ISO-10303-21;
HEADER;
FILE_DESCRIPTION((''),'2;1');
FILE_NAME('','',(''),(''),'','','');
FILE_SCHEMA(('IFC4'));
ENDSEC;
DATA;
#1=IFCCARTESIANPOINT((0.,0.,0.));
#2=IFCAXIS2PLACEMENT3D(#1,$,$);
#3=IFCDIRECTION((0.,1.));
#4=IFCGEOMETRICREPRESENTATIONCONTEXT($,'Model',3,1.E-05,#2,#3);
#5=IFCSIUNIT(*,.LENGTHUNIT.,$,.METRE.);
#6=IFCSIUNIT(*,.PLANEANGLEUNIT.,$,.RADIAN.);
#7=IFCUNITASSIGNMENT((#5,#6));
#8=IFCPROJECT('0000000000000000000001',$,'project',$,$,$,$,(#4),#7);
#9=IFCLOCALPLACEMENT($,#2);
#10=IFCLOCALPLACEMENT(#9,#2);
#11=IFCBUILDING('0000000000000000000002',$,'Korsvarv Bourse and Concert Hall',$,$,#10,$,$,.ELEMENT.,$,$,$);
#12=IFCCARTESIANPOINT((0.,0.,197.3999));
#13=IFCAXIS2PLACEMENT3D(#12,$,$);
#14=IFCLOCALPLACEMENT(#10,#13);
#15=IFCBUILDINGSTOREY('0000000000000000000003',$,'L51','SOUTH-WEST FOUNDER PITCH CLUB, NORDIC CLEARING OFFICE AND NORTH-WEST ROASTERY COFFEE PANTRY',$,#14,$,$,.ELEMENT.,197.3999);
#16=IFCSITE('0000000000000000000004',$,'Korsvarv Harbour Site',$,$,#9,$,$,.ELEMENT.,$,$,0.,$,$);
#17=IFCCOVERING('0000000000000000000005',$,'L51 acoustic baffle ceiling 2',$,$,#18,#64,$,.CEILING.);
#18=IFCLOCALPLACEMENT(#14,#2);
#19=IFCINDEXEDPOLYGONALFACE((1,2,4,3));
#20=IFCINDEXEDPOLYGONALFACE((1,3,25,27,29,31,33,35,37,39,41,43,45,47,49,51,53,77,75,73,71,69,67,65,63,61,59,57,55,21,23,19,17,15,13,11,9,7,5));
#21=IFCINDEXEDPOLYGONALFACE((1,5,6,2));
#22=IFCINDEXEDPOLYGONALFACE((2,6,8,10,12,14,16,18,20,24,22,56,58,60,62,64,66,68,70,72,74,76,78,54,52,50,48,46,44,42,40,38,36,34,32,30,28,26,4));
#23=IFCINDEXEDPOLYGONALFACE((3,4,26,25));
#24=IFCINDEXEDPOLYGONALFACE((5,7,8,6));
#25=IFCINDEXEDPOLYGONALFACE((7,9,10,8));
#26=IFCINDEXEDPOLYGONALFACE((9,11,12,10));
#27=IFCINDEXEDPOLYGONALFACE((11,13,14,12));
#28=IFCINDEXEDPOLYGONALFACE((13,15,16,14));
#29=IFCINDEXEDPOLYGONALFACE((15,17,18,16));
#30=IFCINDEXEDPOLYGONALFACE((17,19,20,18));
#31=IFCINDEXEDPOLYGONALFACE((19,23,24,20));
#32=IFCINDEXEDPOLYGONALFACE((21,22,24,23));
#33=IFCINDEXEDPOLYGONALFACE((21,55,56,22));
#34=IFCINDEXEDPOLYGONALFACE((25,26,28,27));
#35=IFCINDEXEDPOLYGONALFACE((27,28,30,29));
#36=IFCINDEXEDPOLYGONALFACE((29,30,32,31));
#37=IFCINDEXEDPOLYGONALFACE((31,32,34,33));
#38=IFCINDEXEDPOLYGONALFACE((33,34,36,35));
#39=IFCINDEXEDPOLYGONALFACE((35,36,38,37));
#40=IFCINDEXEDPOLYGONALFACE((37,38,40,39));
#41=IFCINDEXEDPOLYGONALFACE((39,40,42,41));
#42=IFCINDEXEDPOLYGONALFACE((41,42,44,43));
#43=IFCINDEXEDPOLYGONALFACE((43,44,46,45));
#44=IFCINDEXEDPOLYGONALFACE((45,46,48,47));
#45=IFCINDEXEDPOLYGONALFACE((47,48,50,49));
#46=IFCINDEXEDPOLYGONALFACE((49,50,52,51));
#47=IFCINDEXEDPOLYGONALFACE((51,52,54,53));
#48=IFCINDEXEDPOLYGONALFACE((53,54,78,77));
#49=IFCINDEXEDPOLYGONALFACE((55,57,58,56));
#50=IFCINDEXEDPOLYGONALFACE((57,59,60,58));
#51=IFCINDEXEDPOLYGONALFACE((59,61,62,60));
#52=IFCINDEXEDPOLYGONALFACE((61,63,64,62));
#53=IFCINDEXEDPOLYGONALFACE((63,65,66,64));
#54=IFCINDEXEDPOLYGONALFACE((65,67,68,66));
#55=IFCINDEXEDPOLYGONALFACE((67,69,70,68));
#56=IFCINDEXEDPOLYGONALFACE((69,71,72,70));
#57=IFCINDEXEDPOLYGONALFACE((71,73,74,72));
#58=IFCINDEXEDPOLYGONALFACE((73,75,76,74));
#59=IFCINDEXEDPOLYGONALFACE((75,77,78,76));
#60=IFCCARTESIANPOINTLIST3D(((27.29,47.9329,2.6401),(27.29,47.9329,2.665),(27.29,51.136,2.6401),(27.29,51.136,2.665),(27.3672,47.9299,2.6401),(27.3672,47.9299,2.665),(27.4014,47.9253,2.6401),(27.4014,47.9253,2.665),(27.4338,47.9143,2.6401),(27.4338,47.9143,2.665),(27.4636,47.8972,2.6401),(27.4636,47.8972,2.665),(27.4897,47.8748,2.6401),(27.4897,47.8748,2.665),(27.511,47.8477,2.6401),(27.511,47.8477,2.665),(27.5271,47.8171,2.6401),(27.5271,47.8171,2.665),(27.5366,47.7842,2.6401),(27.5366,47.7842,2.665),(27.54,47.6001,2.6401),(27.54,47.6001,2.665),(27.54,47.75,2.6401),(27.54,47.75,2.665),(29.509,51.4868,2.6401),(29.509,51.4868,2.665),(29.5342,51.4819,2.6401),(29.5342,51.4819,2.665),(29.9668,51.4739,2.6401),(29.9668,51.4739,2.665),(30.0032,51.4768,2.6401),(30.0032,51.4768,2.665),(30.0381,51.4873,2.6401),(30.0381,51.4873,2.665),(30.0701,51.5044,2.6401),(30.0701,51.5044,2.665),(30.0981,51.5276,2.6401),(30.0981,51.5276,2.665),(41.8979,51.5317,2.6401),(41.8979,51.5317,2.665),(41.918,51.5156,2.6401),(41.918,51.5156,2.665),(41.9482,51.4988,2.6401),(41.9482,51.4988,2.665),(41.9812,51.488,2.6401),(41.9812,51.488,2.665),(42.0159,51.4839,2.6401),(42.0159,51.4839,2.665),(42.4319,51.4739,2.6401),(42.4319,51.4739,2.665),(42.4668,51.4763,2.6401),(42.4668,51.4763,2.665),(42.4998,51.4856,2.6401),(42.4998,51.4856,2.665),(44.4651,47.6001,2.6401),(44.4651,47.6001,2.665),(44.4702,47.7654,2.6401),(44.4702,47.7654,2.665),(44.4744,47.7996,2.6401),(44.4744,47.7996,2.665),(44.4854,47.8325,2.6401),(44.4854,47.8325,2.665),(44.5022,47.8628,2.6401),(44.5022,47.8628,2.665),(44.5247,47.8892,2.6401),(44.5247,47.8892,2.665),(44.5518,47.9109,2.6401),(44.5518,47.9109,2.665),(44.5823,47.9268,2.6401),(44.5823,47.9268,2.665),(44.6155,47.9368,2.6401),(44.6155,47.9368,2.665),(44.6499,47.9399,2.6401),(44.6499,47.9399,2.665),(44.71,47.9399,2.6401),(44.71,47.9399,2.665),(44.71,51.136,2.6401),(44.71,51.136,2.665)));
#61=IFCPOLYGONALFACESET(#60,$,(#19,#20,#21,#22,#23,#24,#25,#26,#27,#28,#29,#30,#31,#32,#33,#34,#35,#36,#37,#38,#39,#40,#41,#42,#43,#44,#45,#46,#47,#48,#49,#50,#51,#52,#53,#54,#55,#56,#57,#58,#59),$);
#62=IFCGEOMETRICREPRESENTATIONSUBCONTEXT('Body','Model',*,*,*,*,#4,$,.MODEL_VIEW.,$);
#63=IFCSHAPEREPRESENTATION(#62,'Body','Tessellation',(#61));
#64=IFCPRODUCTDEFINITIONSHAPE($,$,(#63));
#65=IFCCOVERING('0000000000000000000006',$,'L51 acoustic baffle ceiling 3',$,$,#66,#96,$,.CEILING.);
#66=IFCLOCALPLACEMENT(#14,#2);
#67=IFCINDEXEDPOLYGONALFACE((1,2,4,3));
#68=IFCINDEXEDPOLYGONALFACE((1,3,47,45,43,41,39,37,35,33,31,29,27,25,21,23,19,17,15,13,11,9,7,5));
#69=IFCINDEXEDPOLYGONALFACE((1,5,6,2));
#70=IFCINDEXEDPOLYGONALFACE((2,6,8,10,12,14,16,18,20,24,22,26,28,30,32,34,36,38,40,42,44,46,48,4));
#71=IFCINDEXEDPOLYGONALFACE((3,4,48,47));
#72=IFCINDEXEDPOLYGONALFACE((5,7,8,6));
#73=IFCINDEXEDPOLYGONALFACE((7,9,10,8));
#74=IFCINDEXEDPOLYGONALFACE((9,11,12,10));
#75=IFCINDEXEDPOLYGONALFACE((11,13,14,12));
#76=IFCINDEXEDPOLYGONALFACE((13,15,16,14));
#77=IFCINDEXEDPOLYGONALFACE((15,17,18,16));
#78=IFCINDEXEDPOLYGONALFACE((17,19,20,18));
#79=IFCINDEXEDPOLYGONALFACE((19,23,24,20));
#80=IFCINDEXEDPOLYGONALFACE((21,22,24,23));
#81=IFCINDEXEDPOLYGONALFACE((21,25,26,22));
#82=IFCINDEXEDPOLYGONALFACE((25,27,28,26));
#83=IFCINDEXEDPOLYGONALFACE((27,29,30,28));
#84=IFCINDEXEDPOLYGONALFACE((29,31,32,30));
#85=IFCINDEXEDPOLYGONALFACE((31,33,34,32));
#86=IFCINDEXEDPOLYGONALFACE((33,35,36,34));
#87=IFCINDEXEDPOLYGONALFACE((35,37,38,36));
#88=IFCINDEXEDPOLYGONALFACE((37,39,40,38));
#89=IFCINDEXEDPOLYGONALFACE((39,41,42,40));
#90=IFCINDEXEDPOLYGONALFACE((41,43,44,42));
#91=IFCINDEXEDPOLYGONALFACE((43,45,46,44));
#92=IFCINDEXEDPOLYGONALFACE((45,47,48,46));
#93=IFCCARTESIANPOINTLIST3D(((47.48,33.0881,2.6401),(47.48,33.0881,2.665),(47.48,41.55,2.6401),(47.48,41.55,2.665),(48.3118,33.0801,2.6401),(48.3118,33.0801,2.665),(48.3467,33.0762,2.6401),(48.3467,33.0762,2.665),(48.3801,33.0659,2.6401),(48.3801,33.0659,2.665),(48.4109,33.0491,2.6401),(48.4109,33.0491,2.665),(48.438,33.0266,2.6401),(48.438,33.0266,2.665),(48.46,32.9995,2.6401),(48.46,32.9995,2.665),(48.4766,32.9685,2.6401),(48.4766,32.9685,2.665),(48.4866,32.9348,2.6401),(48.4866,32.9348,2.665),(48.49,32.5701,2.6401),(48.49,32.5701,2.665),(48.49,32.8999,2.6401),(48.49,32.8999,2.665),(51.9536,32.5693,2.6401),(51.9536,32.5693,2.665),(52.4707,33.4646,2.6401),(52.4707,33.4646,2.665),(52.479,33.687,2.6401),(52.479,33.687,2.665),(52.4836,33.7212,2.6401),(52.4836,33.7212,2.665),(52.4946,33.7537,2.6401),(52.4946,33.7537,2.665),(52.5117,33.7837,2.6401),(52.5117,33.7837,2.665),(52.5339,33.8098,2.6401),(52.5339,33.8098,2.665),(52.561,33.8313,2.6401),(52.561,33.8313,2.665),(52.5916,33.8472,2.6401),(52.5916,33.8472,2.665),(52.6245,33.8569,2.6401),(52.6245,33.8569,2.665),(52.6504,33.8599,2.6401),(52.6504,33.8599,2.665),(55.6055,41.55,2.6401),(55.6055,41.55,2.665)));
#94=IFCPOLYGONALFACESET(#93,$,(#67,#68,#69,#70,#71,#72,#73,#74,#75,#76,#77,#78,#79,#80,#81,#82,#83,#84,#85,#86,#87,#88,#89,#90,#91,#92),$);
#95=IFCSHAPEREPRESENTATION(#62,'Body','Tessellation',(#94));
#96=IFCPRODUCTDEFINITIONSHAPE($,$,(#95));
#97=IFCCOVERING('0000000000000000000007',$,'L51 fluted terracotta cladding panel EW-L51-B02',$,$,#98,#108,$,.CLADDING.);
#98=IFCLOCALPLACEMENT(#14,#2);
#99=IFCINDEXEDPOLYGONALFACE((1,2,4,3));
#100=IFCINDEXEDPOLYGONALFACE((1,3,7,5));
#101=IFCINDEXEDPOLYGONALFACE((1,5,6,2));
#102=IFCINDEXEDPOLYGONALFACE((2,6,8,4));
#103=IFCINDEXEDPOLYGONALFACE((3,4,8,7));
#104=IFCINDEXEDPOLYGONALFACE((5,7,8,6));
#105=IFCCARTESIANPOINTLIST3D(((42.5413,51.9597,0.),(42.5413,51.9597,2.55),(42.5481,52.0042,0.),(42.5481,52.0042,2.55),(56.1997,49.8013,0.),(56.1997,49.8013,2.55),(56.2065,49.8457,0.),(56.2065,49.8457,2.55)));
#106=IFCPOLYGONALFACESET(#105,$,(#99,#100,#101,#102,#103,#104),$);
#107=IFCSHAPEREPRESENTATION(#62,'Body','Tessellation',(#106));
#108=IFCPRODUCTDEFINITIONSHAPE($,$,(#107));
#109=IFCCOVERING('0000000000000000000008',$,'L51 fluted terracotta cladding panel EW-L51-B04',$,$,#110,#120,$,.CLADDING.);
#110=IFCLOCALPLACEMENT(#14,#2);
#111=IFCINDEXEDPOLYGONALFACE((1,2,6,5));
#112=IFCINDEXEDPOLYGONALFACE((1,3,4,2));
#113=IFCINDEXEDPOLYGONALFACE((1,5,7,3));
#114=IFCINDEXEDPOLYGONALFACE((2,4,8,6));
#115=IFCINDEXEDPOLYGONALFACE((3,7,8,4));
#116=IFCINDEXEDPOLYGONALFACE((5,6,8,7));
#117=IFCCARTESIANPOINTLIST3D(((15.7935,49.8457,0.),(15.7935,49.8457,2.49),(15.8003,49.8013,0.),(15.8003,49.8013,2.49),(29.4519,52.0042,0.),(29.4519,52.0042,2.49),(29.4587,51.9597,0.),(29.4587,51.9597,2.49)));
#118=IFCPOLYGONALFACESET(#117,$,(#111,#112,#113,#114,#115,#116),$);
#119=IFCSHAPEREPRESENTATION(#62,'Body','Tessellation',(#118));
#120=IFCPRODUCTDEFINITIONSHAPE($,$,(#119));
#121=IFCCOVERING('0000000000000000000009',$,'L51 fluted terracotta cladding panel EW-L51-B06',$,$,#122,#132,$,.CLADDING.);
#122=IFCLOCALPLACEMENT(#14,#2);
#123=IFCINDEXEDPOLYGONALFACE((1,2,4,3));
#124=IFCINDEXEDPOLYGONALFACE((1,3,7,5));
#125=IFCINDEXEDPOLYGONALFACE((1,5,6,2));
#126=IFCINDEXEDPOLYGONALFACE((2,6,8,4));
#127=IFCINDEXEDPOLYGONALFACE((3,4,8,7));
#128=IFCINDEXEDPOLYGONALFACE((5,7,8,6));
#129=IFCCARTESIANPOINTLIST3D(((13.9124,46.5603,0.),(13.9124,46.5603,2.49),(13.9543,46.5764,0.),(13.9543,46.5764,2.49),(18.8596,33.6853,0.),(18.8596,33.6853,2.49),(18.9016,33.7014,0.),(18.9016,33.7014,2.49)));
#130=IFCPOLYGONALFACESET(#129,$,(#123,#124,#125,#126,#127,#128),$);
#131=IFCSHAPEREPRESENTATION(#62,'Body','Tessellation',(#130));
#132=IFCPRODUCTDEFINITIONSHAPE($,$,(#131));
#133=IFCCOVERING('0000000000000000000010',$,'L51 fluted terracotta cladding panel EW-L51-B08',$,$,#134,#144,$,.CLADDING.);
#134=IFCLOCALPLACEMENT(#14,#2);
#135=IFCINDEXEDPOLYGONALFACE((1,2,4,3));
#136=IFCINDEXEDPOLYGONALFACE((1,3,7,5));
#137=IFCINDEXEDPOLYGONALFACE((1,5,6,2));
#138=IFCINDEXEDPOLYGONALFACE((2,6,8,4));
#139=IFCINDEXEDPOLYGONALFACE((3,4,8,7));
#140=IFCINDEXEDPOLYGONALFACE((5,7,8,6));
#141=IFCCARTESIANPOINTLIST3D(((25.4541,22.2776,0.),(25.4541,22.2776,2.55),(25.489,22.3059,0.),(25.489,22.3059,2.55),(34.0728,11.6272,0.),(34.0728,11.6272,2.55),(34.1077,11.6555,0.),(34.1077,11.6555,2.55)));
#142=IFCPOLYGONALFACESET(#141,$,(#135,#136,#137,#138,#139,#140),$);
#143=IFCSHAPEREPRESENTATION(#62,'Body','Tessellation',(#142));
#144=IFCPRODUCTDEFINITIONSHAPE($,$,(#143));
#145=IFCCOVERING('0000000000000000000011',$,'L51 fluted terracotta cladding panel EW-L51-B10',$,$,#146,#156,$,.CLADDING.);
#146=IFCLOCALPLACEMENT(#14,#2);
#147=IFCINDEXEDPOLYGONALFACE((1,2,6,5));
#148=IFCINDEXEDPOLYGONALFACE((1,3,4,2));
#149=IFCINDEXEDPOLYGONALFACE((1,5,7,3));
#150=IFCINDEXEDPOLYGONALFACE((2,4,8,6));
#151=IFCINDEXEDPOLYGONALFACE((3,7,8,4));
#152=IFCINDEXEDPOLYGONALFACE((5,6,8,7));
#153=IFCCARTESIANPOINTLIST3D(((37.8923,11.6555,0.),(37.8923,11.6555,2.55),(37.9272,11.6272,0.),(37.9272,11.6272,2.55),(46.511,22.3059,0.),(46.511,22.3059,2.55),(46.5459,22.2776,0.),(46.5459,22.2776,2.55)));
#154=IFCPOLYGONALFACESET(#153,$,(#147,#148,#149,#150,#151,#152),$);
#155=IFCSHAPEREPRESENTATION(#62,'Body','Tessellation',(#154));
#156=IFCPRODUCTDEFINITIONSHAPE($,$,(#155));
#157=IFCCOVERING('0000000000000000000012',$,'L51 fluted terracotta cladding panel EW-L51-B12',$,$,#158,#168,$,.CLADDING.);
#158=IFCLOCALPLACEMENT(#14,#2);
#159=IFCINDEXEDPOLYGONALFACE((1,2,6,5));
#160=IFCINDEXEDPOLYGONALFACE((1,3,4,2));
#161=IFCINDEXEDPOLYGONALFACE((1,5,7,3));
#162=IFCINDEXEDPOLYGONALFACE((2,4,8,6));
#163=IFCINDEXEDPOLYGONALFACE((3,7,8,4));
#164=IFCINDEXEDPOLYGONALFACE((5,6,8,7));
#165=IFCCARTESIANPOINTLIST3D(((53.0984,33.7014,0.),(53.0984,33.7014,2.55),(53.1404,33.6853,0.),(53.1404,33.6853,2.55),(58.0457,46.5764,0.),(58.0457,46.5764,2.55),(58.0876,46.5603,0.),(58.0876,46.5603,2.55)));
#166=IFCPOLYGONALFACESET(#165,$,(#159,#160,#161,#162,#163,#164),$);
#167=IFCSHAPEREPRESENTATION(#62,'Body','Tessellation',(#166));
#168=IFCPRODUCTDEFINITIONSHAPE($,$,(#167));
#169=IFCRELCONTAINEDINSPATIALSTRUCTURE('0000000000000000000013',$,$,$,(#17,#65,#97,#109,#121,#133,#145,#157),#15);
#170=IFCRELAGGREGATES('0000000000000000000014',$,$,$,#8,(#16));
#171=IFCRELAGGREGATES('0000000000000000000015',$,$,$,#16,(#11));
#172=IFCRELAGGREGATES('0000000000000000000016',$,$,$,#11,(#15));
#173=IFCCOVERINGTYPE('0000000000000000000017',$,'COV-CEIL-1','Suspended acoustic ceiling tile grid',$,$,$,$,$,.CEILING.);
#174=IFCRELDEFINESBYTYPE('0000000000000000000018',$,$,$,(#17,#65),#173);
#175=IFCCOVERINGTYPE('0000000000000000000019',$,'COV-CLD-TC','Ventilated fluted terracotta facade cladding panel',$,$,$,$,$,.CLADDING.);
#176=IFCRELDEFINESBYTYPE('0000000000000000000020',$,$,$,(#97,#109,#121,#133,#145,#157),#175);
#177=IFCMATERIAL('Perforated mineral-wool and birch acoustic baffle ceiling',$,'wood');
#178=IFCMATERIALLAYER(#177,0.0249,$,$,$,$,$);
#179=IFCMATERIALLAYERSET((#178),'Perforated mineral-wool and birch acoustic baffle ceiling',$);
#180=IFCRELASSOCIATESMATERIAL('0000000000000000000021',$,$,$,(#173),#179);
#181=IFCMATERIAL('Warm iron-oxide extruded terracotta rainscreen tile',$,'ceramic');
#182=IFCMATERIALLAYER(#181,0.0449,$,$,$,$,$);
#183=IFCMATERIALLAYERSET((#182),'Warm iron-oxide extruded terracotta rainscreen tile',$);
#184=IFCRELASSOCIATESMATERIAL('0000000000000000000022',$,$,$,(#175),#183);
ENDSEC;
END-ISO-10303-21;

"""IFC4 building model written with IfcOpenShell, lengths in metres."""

from ifc_helpers import new_model, si_unit, direction, frame, origin, place, context, subcontext, project, spatial, polyline, outline, extrude, material, layer, layer_set, type_object, element, save


model = new_model("IFC4")

# Units and contexts
model_context = context("Model", 3, precision=1e-05, world=origin(), true_north=direction((0.0, 1.0)))
body_context = subcontext(model_context, "Body", "Model", "MODEL_VIEW")
ifc_project = project(units=[si_unit("LENGTHUNIT", "METRE"), si_unit("PLANEANGLEUNIT", "RADIAN")], contexts=[model_context])

# Site, building, storey
site_placement = place(None, origin())
site = spatial("IfcSite", under=ifc_project, at=site_placement, Name="Korsvarv Harbour Site", CompositionType="ELEMENT", RefElevation=0.0)
building_placement = place(site_placement, origin())
building = spatial("IfcBuilding", under=site, at=building_placement, Name="Korsvarv Bourse and Concert Hall", CompositionType="ELEMENT")
storey_placement = place(building_placement, frame((0.0, 0.0, 197.3999)))
storey = spatial("IfcBuildingStorey", under=building, at=storey_placement, Name="L51", Description="SOUTH-WEST FOUNDER PITCH CLUB, NORDIC CLEARING OFFICE AND NORTH-WEST ROASTERY COFFEE PANTRY", CompositionType="ELEMENT", Elevation=197.3999)

# Coverings
ifc_material_1 = material(Name="Perforated mineral-wool and birch acoustic baffle ceiling", Category="wood")
ifc_layer_1 = layer(ifc_material_1, 0.0249)
ifc_layer_set_1 = layer_set([ifc_layer_1], Name="Perforated mineral-wool and birch acoustic baffle ceiling")
covering_type_1 = type_object("IfcCoveringType", Name="COV-CEIL-1", Description="Suspended acoustic ceiling tile grid", PredefinedType="CEILING", material=ifc_layer_set_1)
covering_1_placement = place(storey_placement, frame((0.0, 0.0, 2.6401)))
element("IfcCovering", 1, at=covering_1_placement, inside=storey, type_object=covering_type_1, Name="L51 acoustic baffle ceiling 2", PredefinedType="CEILING", context=body_context, shape_type="SweptSolid", body=[
    extrude(outline(polyline([(29.509, 51.4868), (29.5342, 51.4819), (29.9668, 51.4739), (30.0032, 51.4768), (30.0381, 51.4873), (30.0701, 51.5044), (30.0981, 51.5276), (41.8979, 51.5317), (41.918, 51.5156), (41.9482, 51.4988), (41.9812, 51.488), (42.0159, 51.4839), (42.4319, 51.4739), (42.4668, 51.4763), (42.4998, 51.4856), (44.71, 51.136), (44.71, 47.9399), (44.6499, 47.9399), (44.6155, 47.9368), (44.5823, 47.9268), (44.5518, 47.9109), (44.5247, 47.8892), (44.5022, 47.8628), (44.4854, 47.8325), (44.4744, 47.7996), (44.4702, 47.7654), (44.4651, 47.6001), (27.54, 47.6001), (27.54, 47.75), (27.5366, 47.7842), (27.5271, 47.8171), (27.511, 47.8477), (27.4897, 47.8748), (27.4636, 47.8972), (27.4338, 47.9143), (27.4014, 47.9253), (27.3672, 47.9299), (27.29, 47.9329), (27.29, 51.136), (29.509, 51.4868)])), origin(), (0.0, 0.0, 1.0), 0.0249),
])
covering_2_placement = place(storey_placement, frame((0.0, 0.0, 2.6401)))
element("IfcCovering", 2, at=covering_2_placement, inside=storey, type_object=covering_type_1, Name="L51 acoustic baffle ceiling 3", PredefinedType="CEILING", context=body_context, shape_type="SweptSolid", body=[
    extrude(outline(polyline([(48.49, 32.5701), (48.49, 32.8999), (48.4866, 32.9348), (48.4766, 32.9685), (48.46, 32.9995), (48.438, 33.0266), (48.4109, 33.0491), (48.3801, 33.0659), (48.3467, 33.0762), (48.3118, 33.0801), (47.48, 33.0881), (47.48, 41.55), (55.6055, 41.55), (52.6504, 33.8599), (52.6245, 33.8569), (52.5916, 33.8472), (52.561, 33.8313), (52.5339, 33.8098), (52.5117, 33.7837), (52.4946, 33.7537), (52.4836, 33.7212), (52.479, 33.687), (52.4707, 33.4646), (51.9536, 32.5693), (48.49, 32.5701)])), origin(), (0.0, 0.0, 1.0), 0.0249),
])
ifc_material_2 = material(Name="Warm iron-oxide extruded terracotta rainscreen tile", Category="ceramic")
ifc_layer_2 = layer(ifc_material_2, 0.0449)
ifc_layer_set_2 = layer_set([ifc_layer_2], Name="Warm iron-oxide extruded terracotta rainscreen tile")
covering_type_2 = type_object("IfcCoveringType", Name="COV-CLD-TC", Description="Ventilated fluted terracotta facade cladding panel", PredefinedType="CLADDING", material=ifc_layer_set_2)
covering_3_placement = place(storey_placement, origin())
element("IfcCovering", 3, at=covering_3_placement, inside=storey, type_object=covering_type_2, Name="L51 fluted terracotta cladding panel EW-L51-B02", PredefinedType="CLADDING", context=body_context, shape_type="SweptSolid", body=[
    extrude(outline(polyline([(56.1997, 49.8013), (42.5413, 51.9597), (42.5481, 52.0042), (56.2065, 49.8457), (56.1997, 49.8013)])), origin(), (0.0, 0.0, 1.0), 2.55),
])
covering_4_placement = place(storey_placement, origin())
element("IfcCovering", 4, at=covering_4_placement, inside=storey, type_object=covering_type_2, Name="L51 fluted terracotta cladding panel EW-L51-B04", PredefinedType="CLADDING", context=body_context, shape_type="SweptSolid", body=[
    extrude(outline(polyline([(29.4587, 51.9597), (15.8003, 49.8013), (15.7935, 49.8457), (29.4519, 52.0042), (29.4587, 51.9597)])), origin(), (0.0, 0.0, 1.0), 2.49),
])
covering_5_placement = place(storey_placement, origin())
element("IfcCovering", 5, at=covering_5_placement, inside=storey, type_object=covering_type_2, Name="L51 fluted terracotta cladding panel EW-L51-B06", PredefinedType="CLADDING", context=body_context, shape_type="SweptSolid", body=[
    extrude(outline(polyline([(13.9543, 46.5764), (18.9016, 33.7014), (18.8596, 33.6853), (13.9124, 46.5603), (13.9543, 46.5764)])), origin(), (0.0, 0.0, 1.0), 2.49),
])
covering_6_placement = place(storey_placement, origin())
element("IfcCovering", 6, at=covering_6_placement, inside=storey, type_object=covering_type_2, Name="L51 fluted terracotta cladding panel EW-L51-B08", PredefinedType="CLADDING", context=body_context, shape_type="SweptSolid", body=[
    extrude(outline(polyline([(25.489, 22.3059), (34.1077, 11.6555), (34.0728, 11.6272), (25.4541, 22.2776), (25.489, 22.3059)])), origin(), (0.0, 0.0, 1.0), 2.55),
])
covering_7_placement = place(storey_placement, origin())
element("IfcCovering", 7, at=covering_7_placement, inside=storey, type_object=covering_type_2, Name="L51 fluted terracotta cladding panel EW-L51-B10", PredefinedType="CLADDING", context=body_context, shape_type="SweptSolid", body=[
    extrude(outline(polyline([(37.8923, 11.6555), (46.511, 22.3059), (46.5459, 22.2776), (37.9272, 11.6272), (37.8923, 11.6555)])), origin(), (0.0, 0.0, 1.0), 2.55),
])
covering_8_placement = place(storey_placement, origin())
element("IfcCovering", 8, at=covering_8_placement, inside=storey, type_object=covering_type_2, Name="L51 fluted terracotta cladding panel EW-L51-B12", PredefinedType="CLADDING", context=body_context, shape_type="SweptSolid", body=[
    extrude(outline(polyline([(53.0984, 33.7014), (58.0457, 46.5764), (58.0876, 46.5603), (53.1404, 33.6853), (53.0984, 33.7014)])), origin(), (0.0, 0.0, 1.0), 2.55),
])

save(model, "model.ifc")
